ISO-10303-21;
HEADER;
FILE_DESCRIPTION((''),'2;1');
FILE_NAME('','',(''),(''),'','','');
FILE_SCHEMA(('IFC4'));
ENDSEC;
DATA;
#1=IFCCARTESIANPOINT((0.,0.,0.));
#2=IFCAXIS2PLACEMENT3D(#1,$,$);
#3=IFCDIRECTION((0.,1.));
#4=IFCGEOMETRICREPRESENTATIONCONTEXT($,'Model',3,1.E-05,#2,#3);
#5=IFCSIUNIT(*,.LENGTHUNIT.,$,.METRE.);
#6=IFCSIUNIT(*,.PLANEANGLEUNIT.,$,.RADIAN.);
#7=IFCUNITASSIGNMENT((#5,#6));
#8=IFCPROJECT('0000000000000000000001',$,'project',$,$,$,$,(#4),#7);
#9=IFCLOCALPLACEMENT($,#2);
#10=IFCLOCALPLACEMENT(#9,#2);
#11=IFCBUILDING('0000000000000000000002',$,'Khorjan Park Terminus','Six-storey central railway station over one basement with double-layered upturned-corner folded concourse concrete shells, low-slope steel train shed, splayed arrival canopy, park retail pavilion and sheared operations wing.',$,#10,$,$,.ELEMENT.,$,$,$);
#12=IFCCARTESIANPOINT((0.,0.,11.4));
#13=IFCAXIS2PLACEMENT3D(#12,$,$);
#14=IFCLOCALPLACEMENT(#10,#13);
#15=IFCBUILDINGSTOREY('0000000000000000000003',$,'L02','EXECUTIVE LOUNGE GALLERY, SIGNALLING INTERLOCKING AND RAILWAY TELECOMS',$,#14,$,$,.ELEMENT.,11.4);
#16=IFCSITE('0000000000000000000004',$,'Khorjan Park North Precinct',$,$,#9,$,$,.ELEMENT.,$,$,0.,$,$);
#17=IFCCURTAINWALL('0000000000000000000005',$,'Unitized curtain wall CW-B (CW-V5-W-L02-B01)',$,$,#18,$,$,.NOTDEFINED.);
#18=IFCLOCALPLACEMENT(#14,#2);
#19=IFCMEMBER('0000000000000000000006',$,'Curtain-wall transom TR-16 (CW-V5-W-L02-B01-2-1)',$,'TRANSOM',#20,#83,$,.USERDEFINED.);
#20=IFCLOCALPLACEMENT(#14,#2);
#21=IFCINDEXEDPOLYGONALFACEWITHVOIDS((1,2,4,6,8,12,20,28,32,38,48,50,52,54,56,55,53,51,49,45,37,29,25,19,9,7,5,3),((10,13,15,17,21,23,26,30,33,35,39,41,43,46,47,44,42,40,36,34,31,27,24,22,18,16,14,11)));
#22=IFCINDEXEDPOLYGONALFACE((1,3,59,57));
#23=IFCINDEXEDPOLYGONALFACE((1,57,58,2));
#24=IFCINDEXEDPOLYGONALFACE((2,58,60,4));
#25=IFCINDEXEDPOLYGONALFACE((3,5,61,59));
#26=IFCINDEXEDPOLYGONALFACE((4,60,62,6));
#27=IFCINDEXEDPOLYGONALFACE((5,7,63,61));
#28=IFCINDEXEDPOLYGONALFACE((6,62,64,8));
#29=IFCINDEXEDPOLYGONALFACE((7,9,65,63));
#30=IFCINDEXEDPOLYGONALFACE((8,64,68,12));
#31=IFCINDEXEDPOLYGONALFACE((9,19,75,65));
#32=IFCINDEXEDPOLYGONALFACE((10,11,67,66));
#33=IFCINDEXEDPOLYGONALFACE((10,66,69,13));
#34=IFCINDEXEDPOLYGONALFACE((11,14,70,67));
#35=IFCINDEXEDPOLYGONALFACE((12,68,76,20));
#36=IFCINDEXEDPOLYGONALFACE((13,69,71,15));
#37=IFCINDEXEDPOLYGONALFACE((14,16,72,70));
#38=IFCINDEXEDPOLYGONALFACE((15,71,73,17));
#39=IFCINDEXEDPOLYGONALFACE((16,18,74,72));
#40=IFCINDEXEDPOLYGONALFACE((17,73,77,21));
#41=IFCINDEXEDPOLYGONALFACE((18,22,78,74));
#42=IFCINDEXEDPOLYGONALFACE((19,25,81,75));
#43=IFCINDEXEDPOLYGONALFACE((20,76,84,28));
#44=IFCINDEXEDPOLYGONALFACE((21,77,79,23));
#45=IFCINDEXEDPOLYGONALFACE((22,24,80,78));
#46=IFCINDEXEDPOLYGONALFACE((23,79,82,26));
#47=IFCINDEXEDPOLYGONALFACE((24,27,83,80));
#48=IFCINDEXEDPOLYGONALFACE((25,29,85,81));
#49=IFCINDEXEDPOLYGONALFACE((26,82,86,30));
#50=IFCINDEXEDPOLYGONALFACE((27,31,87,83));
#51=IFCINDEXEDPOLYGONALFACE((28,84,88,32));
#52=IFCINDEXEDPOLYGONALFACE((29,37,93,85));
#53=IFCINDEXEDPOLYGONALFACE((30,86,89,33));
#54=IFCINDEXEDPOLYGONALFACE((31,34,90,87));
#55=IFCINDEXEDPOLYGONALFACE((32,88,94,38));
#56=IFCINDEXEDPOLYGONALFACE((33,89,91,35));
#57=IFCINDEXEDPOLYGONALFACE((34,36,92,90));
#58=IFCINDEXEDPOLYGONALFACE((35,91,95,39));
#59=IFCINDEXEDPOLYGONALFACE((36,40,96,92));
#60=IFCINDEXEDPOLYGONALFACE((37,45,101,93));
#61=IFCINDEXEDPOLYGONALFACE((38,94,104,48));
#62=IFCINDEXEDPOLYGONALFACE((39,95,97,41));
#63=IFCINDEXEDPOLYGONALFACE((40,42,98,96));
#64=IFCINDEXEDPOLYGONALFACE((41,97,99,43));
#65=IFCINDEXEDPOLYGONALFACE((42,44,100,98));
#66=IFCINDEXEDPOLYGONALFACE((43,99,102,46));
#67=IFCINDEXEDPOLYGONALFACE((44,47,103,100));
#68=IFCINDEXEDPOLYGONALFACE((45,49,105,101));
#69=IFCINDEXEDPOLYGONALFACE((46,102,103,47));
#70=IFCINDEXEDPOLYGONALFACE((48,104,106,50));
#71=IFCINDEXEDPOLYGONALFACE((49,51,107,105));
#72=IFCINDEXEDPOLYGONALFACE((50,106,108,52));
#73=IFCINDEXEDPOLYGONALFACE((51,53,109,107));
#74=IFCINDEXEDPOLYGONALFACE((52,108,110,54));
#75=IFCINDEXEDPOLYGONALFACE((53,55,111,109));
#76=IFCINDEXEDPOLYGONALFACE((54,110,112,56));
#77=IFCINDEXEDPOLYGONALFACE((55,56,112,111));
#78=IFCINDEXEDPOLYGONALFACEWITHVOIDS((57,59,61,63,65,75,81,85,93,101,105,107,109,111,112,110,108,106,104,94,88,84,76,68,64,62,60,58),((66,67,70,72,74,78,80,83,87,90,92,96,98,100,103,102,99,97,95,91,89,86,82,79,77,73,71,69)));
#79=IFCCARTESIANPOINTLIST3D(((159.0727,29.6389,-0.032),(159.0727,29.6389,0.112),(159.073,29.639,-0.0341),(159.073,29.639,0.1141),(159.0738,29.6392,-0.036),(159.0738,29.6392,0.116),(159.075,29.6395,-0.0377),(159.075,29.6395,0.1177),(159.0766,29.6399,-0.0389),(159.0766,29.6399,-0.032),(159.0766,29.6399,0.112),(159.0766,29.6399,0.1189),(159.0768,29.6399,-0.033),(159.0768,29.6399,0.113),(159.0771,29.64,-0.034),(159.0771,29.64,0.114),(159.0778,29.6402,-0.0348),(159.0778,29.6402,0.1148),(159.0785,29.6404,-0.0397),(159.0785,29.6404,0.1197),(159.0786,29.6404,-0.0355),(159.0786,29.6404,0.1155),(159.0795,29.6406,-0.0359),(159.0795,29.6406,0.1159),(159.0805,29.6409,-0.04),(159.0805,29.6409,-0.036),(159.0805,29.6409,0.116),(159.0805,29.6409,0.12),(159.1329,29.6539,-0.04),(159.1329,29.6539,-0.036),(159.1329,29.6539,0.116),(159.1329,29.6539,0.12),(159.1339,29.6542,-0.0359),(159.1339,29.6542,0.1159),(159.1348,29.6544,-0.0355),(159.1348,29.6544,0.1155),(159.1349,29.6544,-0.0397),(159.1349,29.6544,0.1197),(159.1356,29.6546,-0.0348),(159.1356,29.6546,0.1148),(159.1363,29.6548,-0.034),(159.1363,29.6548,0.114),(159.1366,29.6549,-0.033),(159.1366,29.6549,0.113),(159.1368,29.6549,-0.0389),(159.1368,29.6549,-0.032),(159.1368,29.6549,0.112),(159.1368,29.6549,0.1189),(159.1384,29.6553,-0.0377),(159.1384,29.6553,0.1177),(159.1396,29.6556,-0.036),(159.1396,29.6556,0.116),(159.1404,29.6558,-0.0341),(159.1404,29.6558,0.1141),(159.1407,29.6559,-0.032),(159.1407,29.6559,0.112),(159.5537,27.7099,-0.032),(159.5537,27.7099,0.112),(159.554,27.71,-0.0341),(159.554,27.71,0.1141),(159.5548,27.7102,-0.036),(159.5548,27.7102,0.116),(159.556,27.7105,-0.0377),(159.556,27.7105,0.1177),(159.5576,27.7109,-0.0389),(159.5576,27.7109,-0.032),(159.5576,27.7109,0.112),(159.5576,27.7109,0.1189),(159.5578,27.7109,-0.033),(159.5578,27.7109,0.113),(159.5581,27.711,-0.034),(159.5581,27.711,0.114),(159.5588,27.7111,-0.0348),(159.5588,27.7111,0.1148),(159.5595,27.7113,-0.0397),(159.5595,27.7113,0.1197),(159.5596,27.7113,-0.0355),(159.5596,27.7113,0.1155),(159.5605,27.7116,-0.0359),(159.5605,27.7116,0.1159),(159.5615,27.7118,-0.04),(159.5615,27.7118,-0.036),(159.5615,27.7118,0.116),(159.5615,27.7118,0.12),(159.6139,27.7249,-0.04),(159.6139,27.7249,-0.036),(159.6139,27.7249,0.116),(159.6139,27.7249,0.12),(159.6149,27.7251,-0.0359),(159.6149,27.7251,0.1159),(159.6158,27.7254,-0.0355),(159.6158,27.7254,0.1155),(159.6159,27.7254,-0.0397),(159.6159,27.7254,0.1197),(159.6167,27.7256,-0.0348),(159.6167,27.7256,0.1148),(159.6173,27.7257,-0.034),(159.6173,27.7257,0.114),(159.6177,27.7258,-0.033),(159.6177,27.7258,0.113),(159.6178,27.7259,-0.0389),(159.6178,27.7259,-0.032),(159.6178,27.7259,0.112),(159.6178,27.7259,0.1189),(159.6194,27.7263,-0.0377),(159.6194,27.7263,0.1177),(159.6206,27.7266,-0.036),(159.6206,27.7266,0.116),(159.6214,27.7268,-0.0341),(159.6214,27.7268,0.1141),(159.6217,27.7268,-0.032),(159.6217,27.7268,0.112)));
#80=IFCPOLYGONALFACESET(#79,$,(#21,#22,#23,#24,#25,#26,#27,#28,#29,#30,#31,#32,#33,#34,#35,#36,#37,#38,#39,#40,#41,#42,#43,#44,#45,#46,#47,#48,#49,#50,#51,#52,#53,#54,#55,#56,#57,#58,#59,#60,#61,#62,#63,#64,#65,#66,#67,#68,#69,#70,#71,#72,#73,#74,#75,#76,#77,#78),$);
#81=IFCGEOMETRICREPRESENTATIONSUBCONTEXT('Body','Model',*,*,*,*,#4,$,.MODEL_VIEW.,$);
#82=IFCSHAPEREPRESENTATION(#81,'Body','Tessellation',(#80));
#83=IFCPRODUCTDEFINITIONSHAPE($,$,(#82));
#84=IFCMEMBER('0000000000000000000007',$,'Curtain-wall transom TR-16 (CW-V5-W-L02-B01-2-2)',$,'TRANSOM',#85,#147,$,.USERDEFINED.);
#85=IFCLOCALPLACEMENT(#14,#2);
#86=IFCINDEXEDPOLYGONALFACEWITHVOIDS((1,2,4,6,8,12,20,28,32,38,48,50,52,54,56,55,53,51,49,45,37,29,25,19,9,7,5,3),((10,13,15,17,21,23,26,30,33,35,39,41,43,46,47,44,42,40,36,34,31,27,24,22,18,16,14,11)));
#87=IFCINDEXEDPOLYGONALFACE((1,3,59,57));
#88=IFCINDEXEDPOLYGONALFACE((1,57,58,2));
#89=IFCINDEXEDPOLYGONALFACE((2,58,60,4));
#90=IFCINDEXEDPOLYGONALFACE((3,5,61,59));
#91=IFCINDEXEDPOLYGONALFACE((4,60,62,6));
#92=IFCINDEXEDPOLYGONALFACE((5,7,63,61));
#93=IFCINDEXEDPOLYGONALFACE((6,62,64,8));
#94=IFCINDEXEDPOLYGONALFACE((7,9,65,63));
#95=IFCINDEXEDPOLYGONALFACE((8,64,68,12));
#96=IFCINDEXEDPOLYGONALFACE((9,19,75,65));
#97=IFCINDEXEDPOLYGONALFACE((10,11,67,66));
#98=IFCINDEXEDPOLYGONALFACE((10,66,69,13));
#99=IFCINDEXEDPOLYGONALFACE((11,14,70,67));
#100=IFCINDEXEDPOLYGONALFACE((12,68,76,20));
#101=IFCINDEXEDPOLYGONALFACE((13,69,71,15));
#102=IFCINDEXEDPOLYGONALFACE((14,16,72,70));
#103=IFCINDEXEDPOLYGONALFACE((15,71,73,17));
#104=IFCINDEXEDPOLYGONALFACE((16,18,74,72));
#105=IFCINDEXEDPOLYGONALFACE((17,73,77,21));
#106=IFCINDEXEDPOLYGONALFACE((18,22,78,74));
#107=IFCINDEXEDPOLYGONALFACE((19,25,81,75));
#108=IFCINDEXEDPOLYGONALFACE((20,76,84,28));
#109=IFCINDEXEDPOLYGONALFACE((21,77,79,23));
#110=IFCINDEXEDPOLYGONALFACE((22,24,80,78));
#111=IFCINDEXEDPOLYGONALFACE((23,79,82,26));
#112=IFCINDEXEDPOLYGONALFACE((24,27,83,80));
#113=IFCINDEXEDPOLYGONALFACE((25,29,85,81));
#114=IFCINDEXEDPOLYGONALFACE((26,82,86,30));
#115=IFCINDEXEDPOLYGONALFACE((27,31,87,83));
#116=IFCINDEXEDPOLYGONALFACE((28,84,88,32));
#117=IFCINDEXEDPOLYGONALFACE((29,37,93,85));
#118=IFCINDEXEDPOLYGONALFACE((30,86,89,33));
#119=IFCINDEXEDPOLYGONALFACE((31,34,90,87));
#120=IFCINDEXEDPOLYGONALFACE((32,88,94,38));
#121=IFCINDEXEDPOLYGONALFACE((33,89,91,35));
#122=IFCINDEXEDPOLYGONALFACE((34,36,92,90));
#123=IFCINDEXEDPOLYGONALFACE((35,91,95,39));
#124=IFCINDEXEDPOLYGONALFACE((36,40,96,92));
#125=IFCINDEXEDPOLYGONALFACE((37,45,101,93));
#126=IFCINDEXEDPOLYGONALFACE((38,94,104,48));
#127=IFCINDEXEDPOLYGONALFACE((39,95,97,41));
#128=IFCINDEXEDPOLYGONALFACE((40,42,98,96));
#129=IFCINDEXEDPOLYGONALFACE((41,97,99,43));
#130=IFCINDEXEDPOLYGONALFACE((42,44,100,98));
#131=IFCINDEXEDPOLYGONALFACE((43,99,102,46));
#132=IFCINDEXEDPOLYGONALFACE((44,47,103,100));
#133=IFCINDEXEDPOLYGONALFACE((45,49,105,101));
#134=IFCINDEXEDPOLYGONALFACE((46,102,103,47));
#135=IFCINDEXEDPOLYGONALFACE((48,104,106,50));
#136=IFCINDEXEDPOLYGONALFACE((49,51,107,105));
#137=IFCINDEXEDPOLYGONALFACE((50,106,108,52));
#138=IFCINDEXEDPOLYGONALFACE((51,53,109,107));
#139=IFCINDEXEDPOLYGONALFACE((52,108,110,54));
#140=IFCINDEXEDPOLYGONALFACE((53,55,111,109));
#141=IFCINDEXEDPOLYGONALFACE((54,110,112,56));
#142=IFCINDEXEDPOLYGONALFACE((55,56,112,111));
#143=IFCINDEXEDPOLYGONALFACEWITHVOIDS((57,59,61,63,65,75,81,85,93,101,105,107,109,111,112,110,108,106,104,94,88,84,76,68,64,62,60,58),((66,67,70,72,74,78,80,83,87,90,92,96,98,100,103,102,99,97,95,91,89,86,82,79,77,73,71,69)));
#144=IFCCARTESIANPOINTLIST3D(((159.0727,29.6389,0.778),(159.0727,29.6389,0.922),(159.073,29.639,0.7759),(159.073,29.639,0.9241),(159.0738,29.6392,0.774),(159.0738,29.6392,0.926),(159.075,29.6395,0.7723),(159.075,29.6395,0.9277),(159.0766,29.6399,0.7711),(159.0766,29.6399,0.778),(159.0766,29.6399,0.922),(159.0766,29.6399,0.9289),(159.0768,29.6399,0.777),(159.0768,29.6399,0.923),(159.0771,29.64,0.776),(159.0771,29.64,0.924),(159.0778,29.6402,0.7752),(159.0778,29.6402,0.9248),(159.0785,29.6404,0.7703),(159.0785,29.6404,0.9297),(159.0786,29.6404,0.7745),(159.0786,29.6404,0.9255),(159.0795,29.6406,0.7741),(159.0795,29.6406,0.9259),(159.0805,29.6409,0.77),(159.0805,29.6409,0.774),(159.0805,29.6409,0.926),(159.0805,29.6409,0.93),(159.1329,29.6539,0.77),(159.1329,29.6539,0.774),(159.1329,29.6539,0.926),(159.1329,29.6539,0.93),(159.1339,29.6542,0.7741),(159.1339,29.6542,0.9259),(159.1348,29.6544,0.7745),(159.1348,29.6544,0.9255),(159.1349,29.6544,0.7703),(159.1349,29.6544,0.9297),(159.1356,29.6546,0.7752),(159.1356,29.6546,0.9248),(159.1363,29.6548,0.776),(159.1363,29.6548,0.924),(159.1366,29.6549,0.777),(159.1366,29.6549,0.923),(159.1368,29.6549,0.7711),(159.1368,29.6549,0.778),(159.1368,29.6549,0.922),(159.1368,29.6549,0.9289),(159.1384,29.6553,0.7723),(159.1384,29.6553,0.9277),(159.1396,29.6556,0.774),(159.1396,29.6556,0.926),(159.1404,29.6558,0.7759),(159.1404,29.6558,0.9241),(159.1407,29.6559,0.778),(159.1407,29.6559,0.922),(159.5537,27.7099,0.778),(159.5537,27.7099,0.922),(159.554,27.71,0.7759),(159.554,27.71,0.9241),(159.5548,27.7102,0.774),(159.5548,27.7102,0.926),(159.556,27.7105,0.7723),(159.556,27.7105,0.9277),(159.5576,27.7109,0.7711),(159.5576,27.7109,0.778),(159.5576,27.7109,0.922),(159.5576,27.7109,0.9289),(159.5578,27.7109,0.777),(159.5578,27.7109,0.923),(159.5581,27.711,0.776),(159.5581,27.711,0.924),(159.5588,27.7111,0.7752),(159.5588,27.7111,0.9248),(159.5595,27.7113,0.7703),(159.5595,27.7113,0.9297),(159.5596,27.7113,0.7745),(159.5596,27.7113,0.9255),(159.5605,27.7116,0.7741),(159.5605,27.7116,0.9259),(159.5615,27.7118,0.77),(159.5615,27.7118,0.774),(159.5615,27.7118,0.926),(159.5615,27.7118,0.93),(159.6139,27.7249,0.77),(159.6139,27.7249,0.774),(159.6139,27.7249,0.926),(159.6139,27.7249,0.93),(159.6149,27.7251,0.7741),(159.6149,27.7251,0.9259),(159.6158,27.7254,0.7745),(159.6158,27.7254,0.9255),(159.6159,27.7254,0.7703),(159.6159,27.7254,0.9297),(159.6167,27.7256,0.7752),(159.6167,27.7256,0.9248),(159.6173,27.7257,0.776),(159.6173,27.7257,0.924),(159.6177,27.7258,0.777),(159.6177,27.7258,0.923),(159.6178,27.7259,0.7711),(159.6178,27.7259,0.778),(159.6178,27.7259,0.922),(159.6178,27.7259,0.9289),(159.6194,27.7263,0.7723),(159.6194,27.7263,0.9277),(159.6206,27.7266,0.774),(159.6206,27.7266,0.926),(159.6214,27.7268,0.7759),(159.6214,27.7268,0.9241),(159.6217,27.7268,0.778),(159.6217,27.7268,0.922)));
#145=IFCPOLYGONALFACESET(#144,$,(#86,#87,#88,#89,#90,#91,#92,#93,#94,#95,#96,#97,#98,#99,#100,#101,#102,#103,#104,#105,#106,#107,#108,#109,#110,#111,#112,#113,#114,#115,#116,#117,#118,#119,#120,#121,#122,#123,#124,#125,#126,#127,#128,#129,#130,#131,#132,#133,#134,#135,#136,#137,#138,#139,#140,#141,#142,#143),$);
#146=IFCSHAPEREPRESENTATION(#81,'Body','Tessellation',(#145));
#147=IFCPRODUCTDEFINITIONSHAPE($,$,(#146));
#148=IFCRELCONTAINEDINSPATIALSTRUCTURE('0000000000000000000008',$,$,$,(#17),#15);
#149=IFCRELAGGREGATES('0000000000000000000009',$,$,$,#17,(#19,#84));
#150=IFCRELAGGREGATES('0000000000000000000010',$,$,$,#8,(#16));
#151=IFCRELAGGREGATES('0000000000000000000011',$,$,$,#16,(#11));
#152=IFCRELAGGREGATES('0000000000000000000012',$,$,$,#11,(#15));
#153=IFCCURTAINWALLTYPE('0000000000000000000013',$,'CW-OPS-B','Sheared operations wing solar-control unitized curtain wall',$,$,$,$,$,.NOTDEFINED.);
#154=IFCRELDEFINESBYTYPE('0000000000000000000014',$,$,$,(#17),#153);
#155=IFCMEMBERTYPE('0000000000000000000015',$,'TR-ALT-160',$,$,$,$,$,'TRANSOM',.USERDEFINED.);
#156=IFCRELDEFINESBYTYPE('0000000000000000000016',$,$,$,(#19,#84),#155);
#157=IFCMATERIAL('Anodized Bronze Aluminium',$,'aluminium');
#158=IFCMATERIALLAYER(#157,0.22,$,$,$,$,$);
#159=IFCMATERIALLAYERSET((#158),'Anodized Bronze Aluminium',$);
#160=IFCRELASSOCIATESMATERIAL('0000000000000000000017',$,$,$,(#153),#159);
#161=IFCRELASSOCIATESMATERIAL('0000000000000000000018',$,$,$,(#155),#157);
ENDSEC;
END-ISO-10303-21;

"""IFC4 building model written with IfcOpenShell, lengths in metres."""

from ifc_helpers import new_model, si_unit, direction, frame, origin, origin_2d, place, context, subcontext, project, spatial, hollow_rectangle, extrude, material, layer, layer_set, material_profile, profile_set, type_object, element, aggregate, save


model = new_model("IFC4")

# Units and contexts
model_context = context("Model", 3, precision=1e-05, world=origin(), true_north=direction((0.0, 1.0)))
body_context = subcontext(model_context, "Body", "Model", "MODEL_VIEW")
ifc_project = project(units=[si_unit("LENGTHUNIT", "METRE"), si_unit("PLANEANGLEUNIT", "RADIAN")], contexts=[model_context])

# Site, building, storey
site_placement = place(None, origin())
site = spatial("IfcSite", under=ifc_project, at=site_placement, Name="Khorjan Park North Precinct", CompositionType="ELEMENT", RefElevation=0.0)
building_placement = place(site_placement, origin())
building = spatial("IfcBuilding", under=site, at=building_placement, Name="Khorjan Park Terminus", Description="Six-storey central railway station over one basement with double-layered upturned-corner folded concourse concrete shells, low-slope steel train shed, splayed arrival canopy, park retail pavilion and sheared operations wing.", CompositionType="ELEMENT")
storey_placement = place(building_placement, frame((0.0, 0.0, 11.4)))
storey = spatial("IfcBuildingStorey", under=building, at=storey_placement, Name="L02", Description="EXECUTIVE LOUNGE GALLERY, SIGNALLING INTERLOCKING AND RAILWAY TELECOMS", CompositionType="ELEMENT", Elevation=11.4)

# Curtain wall, members
ifc_material_1 = material(Name="Anodized Bronze Aluminium", Category="aluminium")
ifc_layer_1 = layer(ifc_material_1, 0.22)
ifc_layer_set_1 = layer_set([ifc_layer_1], Name="Anodized Bronze Aluminium")
curtain_wall_type = type_object("IfcCurtainWallType", Name="CW-OPS-B", Description="Sheared operations wing solar-control unitized curtain wall", PredefinedType="NOTDEFINED", material=ifc_layer_set_1)
curtain_wall_placement = place(storey_placement, origin())
curtain_wall = element("IfcCurtainWall", 1, at=curtain_wall_placement, inside=storey, type_object=curtain_wall_type, Name="Unitized curtain wall CW-B (CW-V5-W-L02-B01)", PredefinedType="NOTDEFINED")
ifc_material_profile_1 = material_profile(ifc_material_1, hollow_rectangle(XDim=0.07, YDim=0.16, WallThickness=0.004, InnerFilletRadius=0.004, OuterFilletRadius=0.008, at=origin_2d()), Name="ALT 70x160x4")
ifc_profile_set_1 = profile_set([ifc_material_profile_1], Name="Anodized Bronze Aluminium")
member_type_1 = type_object("IfcMemberType", Name="TR-ALT-160", ElementType="TRANSOM", PredefinedType="USERDEFINED", material=ifc_profile_set_1)
member_1_placement = place(storey_placement, frame((159.1067, 29.6474, 0.04), z_axis=(0.241944, -0.97029, 0.0), x_axis=(0.97029, 0.241944, 0.0)))
member_1 = element("IfcMember", 2, at=member_1_placement, type_object=member_type_1, Name="Curtain-wall transom TR-16 (CW-V5-W-L02-B01-2-1)", ObjectType="TRANSOM", PredefinedType="USERDEFINED", context=body_context, shape_type="SweptSolid", body=[
    extrude(hollow_rectangle(XDim=0.07, YDim=0.16, WallThickness=0.004, InnerFilletRadius=0.004, OuterFilletRadius=0.008, at=origin_2d()), origin(), (0.0, 0.0, 1.0), 1.9881),
])
member_2_placement = place(storey_placement, frame((159.1067, 29.6474, 0.85), z_axis=(0.241944, -0.97029, 0.0), x_axis=(0.97029, 0.241944, 0.0)))
member_2 = element("IfcMember", 3, at=member_2_placement, type_object=member_type_1, Name="Curtain-wall transom TR-16 (CW-V5-W-L02-B01-2-2)", ObjectType="TRANSOM", PredefinedType="USERDEFINED", context=body_context, shape_type="SweptSolid", body=[
    extrude(hollow_rectangle(XDim=0.07, YDim=0.16, WallThickness=0.004, InnerFilletRadius=0.004, OuterFilletRadius=0.008, at=origin_2d()), origin(), (0.0, 0.0, 1.0), 1.9881),
])
aggregate(curtain_wall, [member_1, member_2])

save(model, "model.ifc")
